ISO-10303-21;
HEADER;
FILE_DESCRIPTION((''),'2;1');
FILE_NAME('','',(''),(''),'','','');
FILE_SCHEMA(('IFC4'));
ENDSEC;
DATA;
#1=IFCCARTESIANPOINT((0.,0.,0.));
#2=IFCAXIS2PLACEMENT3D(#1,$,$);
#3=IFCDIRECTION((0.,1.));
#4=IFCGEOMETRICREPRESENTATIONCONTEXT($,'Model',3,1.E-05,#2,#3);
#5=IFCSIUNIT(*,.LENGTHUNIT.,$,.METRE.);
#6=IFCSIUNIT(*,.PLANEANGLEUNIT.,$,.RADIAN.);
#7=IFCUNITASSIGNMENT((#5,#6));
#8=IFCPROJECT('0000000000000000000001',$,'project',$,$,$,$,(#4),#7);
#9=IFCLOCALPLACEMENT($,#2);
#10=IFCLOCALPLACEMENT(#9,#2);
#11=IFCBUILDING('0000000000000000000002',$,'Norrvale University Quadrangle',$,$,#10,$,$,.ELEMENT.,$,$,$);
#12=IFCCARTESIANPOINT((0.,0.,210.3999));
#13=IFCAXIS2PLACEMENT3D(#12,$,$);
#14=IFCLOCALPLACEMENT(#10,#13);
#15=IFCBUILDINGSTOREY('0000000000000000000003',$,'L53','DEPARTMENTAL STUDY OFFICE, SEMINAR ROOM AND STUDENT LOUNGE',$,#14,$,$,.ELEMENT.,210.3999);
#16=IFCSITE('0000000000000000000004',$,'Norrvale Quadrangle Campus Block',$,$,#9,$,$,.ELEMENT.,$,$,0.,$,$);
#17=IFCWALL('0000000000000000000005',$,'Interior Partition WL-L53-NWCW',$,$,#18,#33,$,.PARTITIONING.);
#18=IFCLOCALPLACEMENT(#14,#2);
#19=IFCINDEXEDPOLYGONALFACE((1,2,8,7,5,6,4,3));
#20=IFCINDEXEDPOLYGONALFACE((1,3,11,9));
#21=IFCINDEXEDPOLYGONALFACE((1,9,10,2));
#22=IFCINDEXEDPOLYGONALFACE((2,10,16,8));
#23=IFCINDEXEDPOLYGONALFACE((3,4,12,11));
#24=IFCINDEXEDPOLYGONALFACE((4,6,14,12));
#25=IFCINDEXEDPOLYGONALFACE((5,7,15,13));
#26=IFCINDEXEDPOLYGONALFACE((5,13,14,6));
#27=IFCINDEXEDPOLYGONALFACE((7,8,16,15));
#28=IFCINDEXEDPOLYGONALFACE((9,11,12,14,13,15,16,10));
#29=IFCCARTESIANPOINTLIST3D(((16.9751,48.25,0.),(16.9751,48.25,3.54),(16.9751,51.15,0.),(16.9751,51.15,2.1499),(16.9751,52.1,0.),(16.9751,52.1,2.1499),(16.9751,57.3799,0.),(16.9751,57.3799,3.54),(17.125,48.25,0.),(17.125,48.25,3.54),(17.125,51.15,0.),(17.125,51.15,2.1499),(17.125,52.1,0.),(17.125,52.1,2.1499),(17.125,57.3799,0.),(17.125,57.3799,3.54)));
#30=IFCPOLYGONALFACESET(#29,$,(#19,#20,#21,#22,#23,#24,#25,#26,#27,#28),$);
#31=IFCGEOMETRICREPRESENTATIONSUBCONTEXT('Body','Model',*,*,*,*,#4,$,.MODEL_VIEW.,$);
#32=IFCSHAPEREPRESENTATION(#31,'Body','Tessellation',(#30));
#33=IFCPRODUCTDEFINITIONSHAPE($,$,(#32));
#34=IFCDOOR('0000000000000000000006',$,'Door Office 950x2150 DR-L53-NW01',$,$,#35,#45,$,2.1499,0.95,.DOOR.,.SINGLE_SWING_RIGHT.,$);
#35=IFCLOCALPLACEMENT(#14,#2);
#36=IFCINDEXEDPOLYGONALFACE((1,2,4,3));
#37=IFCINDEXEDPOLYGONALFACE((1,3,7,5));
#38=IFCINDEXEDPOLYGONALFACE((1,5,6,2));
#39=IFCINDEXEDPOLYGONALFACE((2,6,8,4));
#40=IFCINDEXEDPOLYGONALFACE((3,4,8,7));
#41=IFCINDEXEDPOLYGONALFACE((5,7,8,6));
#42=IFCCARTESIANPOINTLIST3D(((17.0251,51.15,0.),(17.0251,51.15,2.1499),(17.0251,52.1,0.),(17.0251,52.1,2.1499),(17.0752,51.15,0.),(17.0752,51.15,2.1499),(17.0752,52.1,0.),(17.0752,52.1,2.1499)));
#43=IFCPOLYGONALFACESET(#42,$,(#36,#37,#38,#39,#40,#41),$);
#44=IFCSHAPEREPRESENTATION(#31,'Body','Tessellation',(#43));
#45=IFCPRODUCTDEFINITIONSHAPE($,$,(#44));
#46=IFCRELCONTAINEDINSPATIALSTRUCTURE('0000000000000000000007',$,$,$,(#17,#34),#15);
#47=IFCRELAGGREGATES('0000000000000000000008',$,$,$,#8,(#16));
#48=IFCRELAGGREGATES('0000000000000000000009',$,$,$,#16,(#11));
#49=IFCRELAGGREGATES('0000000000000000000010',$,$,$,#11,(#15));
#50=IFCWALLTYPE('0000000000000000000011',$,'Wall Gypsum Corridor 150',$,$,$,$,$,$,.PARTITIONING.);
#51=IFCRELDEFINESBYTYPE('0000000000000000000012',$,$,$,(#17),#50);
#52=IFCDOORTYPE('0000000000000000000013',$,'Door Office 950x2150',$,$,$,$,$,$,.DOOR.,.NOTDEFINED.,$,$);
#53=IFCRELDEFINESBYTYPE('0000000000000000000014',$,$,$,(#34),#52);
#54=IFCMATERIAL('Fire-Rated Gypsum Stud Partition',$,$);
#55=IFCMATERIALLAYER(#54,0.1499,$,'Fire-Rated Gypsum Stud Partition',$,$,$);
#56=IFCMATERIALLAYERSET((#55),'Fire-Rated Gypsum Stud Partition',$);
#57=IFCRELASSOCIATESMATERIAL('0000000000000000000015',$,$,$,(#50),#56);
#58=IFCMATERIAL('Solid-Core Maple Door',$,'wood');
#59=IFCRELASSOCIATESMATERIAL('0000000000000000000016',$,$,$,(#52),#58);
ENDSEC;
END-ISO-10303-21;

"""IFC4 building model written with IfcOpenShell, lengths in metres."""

from ifc_helpers import new_model, si_unit, direction, frame, frame_2d, origin, place, context, subcontext, project, spatial, rectangle, extrude, material, layer, layer_set, type_object, element, fill, save


model = new_model("IFC4")

# Units and contexts
model_context = context("Model", 3, precision=1e-05, world=origin(), true_north=direction((0.0, 1.0)))
body_context = subcontext(model_context, "Body", "Model", "MODEL_VIEW")
ifc_project = project(units=[si_unit("LENGTHUNIT", "METRE"), si_unit("PLANEANGLEUNIT", "RADIAN")], contexts=[model_context])

# Site, building, storey
site_placement = place(None, origin())
site = spatial("IfcSite", under=ifc_project, at=site_placement, Name="Norrvale Quadrangle Campus Block", CompositionType="ELEMENT", RefElevation=0.0)
building_placement = place(site_placement, origin())
building = spatial("IfcBuilding", under=site, at=building_placement, Name="Norrvale University Quadrangle", CompositionType="ELEMENT")
storey_placement = place(building_placement, frame((0.0, 0.0, 210.3999)))
storey = spatial("IfcBuildingStorey", under=building, at=storey_placement, Name="L53", Description="DEPARTMENTAL STUDY OFFICE, SEMINAR ROOM AND STUDENT LOUNGE", CompositionType="ELEMENT", Elevation=210.3999)

# Shared definitions
ifc_material_1 = material(Name="Fire-Rated Gypsum Stud Partition")
ifc_layer_1 = layer(ifc_material_1, 0.1499, Name="Fire-Rated Gypsum Stud Partition")
ifc_layer_set_1 = layer_set([ifc_layer_1], Name="Fire-Rated Gypsum Stud Partition")
wall_type_1 = type_object("IfcWallType", Name="Wall Gypsum Corridor 150", PredefinedType="PARTITIONING", material=ifc_layer_set_1)

# Shared definitions
ifc_material_2 = material(Name="Solid-Core Maple Door", Category="wood")
door_type = type_object("IfcDoorType", Name="Door Office 950x2150", OperationType="NOTDEFINED", PredefinedType="DOOR", material=ifc_material_2)

# Wall, opening, door
wall_1_placement = place(storey_placement, frame((17.05, 48.25, 0.0), z_axis=(0.0, 0.0, 1.0), x_axis=(0.0, 1.0, 0.0)))
wall_1 = element("IfcWall", 1, at=wall_1_placement, inside=storey, type_object=wall_type_1, Name="Interior Partition WL-L53-NWCW", PredefinedType="PARTITIONING", context=body_context, shape_type="SweptSolid", body=[
    extrude(rectangle(XDim=9.1299, YDim=0.1499, at=frame_2d((4.5649, 0.0))), origin(), (0.0, 0.0, 1.0), 3.54),
])
opening_1_placement = place(wall_1_placement, frame((2.8999, 0.0, 0.0)))
opening_1 = element("IfcOpeningElement", 2, at=opening_1_placement, cuts=wall_1, PredefinedType="OPENING", context=body_context, shape_type="SweptSolid", body=[
    extrude(rectangle(XDim=0.95, YDim=2.1499, at=frame_2d((0.4751, 1.075))), frame((0.0, 0.0869, 0.0), z_axis=(0.0, -1.0, 0.0), x_axis=(1.0, 0.0, 0.0)), (0.0, 0.0, 1.0), 0.1738),
])
door_1_placement = place(opening_1_placement, origin())
door_1 = element("IfcDoor", 3, at=door_1_placement, inside=storey, type_object=door_type, Name="Door Office 950x2150 DR-L53-NW01", OperationType="SINGLE_SWING_RIGHT", OverallHeight=2.1499, OverallWidth=0.95, PredefinedType="DOOR", context=body_context, shape_type="SweptSolid", body=[
    extrude(rectangle(XDim=0.95, YDim=2.1499, at=frame_2d((0.4751, 1.075))), frame((0.0, 0.0249, 0.0), z_axis=(0.0, -1.0, 0.0), x_axis=(1.0, 0.0, 0.0)), (0.0, 0.0, 1.0), 0.05),
])
fill(opening_1, door_1)

save(model, "model.ifc")
